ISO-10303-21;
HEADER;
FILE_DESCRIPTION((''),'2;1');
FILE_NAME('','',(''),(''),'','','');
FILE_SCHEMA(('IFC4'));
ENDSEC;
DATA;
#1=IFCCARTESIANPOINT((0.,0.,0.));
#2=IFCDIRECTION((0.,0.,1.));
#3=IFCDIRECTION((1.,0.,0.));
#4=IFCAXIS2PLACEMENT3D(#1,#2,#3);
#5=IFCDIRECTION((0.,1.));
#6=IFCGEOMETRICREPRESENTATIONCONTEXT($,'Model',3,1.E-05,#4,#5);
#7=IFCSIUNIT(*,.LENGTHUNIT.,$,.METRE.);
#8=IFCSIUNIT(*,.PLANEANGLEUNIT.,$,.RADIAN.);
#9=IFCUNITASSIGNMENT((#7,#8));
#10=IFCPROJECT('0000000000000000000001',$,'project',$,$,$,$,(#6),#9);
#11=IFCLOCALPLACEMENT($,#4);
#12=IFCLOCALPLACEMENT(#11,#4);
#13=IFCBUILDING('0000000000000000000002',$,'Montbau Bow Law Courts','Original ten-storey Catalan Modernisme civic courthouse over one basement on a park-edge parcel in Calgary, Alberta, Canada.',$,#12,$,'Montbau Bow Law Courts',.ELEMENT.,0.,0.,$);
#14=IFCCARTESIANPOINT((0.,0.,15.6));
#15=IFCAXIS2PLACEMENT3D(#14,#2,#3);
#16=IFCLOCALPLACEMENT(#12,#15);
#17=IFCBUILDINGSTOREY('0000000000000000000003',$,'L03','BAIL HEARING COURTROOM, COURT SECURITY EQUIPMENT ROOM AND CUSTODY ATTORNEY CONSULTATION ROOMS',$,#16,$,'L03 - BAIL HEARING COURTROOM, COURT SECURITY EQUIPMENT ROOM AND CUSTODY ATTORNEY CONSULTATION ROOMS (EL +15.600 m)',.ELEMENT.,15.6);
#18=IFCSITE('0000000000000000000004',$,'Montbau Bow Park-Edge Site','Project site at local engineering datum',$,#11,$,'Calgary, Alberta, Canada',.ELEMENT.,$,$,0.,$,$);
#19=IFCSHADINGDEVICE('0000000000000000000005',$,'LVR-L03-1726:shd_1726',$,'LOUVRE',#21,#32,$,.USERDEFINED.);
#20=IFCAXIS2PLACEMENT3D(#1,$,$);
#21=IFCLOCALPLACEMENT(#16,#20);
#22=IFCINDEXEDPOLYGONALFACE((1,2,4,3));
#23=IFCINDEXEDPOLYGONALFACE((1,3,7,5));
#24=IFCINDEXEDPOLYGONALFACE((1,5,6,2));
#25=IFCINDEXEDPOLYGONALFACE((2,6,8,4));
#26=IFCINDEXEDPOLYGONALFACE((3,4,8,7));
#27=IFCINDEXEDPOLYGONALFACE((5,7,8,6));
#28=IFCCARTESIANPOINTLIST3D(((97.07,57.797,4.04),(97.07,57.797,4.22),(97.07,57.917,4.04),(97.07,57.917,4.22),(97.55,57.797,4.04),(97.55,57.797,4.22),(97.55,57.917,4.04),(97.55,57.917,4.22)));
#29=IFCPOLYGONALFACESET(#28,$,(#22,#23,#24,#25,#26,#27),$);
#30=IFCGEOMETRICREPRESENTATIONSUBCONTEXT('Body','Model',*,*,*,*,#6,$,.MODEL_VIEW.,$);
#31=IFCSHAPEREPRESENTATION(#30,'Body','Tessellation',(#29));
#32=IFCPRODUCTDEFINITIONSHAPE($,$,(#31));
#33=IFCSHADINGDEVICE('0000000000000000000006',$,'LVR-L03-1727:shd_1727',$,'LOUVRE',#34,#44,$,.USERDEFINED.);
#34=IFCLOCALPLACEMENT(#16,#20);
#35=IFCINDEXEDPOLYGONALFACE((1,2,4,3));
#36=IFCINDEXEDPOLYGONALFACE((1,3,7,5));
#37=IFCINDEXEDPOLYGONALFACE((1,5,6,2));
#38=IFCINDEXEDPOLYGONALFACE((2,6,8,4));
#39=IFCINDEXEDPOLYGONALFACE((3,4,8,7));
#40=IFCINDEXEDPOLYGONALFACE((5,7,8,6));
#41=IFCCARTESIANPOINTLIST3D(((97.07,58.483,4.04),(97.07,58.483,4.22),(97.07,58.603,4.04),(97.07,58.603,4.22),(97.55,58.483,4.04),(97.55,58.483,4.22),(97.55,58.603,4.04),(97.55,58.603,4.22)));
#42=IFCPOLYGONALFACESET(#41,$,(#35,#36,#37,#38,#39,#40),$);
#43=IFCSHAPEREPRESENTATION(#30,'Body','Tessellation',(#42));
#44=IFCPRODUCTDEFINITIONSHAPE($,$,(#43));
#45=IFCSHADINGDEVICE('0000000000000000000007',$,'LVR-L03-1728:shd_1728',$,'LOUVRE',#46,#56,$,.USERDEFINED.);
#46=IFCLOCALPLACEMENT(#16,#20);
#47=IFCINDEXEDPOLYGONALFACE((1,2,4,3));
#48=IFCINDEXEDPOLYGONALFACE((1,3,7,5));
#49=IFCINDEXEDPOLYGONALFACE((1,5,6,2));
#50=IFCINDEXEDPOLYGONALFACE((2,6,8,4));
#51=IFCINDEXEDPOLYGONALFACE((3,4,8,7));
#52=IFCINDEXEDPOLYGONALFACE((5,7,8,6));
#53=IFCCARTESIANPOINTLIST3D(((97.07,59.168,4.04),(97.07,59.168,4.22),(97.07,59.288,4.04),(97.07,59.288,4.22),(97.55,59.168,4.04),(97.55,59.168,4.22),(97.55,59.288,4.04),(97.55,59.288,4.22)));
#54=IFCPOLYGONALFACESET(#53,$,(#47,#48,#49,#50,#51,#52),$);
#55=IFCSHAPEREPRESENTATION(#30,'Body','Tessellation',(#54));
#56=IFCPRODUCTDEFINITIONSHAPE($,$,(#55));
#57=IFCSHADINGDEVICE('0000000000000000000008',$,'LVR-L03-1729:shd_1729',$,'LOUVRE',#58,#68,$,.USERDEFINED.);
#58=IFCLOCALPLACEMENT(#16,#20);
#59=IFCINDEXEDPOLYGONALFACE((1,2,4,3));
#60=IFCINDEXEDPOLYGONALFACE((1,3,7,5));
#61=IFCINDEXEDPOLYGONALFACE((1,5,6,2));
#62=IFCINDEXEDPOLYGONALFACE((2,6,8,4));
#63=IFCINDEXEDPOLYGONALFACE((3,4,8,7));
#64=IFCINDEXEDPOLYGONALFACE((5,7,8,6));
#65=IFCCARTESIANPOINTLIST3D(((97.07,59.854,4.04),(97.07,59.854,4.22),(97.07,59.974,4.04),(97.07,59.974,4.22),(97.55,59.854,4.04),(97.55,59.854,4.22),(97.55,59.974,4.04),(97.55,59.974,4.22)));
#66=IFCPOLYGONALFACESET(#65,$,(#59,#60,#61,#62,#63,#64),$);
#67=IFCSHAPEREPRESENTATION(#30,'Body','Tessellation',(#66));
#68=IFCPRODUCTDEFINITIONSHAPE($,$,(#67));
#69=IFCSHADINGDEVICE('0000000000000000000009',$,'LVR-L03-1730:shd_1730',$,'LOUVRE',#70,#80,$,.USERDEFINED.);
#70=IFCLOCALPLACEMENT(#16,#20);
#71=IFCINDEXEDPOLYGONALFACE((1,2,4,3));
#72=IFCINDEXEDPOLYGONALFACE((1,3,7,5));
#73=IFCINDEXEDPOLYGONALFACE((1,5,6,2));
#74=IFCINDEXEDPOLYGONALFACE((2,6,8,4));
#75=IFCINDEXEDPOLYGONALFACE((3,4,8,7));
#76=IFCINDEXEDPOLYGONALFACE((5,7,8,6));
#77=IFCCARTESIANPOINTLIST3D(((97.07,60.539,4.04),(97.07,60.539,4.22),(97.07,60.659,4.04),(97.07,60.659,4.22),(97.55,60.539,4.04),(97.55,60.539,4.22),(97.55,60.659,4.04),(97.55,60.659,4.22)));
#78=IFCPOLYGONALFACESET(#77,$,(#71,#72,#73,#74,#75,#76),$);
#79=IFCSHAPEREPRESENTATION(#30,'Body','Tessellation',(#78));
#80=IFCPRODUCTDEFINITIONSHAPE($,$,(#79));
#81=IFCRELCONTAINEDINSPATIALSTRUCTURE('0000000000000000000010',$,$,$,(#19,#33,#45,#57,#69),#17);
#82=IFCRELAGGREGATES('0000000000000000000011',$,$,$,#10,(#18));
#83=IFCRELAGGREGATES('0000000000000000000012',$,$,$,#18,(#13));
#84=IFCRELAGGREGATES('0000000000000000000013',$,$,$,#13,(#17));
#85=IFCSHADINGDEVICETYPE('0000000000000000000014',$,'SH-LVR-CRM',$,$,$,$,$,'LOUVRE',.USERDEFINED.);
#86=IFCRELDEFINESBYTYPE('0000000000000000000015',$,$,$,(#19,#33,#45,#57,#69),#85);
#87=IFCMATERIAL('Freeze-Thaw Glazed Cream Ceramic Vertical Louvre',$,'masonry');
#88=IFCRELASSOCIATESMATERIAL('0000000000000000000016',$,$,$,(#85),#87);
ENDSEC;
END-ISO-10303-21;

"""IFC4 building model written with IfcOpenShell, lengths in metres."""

from ifc_helpers import new_model, si_unit, direction, frame, origin_with_axes, origin_2d_with_axis, place, context, subcontext, project, spatial, rectangle, extrude, material, type_object, element, save


model = new_model("IFC4")

# Units and contexts
model_context = context("Model", 3, precision=1e-05, world=origin_with_axes(), true_north=direction((0.0, 1.0)))
body_context = subcontext(model_context, "Body", "Model", "MODEL_VIEW")
ifc_project = project(units=[si_unit("LENGTHUNIT", "METRE"), si_unit("PLANEANGLEUNIT", "RADIAN")], contexts=[model_context])

# Site, building, storey
site_placement = place(None, origin_with_axes())
site = spatial("IfcSite", under=ifc_project, at=site_placement, Name="Montbau Bow Park-Edge Site", Description="Project site at local engineering datum", LongName="Calgary, Alberta, Canada", CompositionType="ELEMENT", RefElevation=0.0)
building_placement = place(site_placement, origin_with_axes())
building = spatial("IfcBuilding", under=site, at=building_placement, Name="Montbau Bow Law Courts", Description="Original ten-storey Catalan Modernisme civic courthouse over one basement on a park-edge parcel in Calgary, Alberta, Canada.", LongName="Montbau Bow Law Courts", CompositionType="ELEMENT", ElevationOfRefHeight=0.0, ElevationOfTerrain=0.0)
storey_placement = place(building_placement, frame((0.0, 0.0, 15.6), z_axis=(0.0, 0.0, 1.0), x_axis=(1.0, 0.0, 0.0)))
storey = spatial("IfcBuildingStorey", under=building, at=storey_placement, Name="L03", Description="BAIL HEARING COURTROOM, COURT SECURITY EQUIPMENT ROOM AND CUSTODY ATTORNEY CONSULTATION ROOMS", LongName="L03 - BAIL HEARING COURTROOM, COURT SECURITY EQUIPMENT ROOM AND CUSTODY ATTORNEY CONSULTATION ROOMS (EL +15.600 m)", CompositionType="ELEMENT", Elevation=15.6)

# Shading devices
ifc_material_1 = material(Name="Freeze-Thaw Glazed Cream Ceramic Vertical Louvre", Category="masonry")
shading_device_type = type_object("IfcShadingDeviceType", Name="SH-LVR-CRM", ElementType="LOUVRE", PredefinedType="USERDEFINED", material=ifc_material_1)
for number, where, z_axis, x_axis, name in (
    (1, (97.31, 57.857, 19.64), (0.0, 0.0, 1.0), (1.0, 0.0, 0.0), "LVR-L03-1726:shd_1726"),
    (2, (97.31, 58.543, 19.64), (0.0, 0.0, 1.0), (1.0, 0.0, 0.0), "LVR-L03-1727:shd_1727"),
    (3, (97.31, 59.228, 19.64), (0.0, 0.0, 1.0), (1.0, 0.0, 0.0), "LVR-L03-1728:shd_1728"),
    (4, (97.31, 59.914, 19.64), (0.0, 0.0, 1.0), (1.0, 0.0, 0.0), "LVR-L03-1729:shd_1729"),
    (5, (97.31, 60.599, 19.64), (0.0, 0.0, 1.0), (1.0, 0.0, 0.0), "LVR-L03-1730:shd_1730"),
):
    element("IfcShadingDevice", number, at=place(None, frame(where, z_axis=z_axis, x_axis=x_axis)), inside=storey, type_object=shading_device_type, Name=name, ObjectType="LOUVRE", PredefinedType="USERDEFINED", context=body_context, shape_type="SweptSolid", body=[
        extrude(rectangle(XDim=0.48, YDim=0.12, at=origin_2d_with_axis()), origin_with_axes(), (0.0, 0.0, 1.0), 0.18),
    ])

save(model, "model.ifc")
